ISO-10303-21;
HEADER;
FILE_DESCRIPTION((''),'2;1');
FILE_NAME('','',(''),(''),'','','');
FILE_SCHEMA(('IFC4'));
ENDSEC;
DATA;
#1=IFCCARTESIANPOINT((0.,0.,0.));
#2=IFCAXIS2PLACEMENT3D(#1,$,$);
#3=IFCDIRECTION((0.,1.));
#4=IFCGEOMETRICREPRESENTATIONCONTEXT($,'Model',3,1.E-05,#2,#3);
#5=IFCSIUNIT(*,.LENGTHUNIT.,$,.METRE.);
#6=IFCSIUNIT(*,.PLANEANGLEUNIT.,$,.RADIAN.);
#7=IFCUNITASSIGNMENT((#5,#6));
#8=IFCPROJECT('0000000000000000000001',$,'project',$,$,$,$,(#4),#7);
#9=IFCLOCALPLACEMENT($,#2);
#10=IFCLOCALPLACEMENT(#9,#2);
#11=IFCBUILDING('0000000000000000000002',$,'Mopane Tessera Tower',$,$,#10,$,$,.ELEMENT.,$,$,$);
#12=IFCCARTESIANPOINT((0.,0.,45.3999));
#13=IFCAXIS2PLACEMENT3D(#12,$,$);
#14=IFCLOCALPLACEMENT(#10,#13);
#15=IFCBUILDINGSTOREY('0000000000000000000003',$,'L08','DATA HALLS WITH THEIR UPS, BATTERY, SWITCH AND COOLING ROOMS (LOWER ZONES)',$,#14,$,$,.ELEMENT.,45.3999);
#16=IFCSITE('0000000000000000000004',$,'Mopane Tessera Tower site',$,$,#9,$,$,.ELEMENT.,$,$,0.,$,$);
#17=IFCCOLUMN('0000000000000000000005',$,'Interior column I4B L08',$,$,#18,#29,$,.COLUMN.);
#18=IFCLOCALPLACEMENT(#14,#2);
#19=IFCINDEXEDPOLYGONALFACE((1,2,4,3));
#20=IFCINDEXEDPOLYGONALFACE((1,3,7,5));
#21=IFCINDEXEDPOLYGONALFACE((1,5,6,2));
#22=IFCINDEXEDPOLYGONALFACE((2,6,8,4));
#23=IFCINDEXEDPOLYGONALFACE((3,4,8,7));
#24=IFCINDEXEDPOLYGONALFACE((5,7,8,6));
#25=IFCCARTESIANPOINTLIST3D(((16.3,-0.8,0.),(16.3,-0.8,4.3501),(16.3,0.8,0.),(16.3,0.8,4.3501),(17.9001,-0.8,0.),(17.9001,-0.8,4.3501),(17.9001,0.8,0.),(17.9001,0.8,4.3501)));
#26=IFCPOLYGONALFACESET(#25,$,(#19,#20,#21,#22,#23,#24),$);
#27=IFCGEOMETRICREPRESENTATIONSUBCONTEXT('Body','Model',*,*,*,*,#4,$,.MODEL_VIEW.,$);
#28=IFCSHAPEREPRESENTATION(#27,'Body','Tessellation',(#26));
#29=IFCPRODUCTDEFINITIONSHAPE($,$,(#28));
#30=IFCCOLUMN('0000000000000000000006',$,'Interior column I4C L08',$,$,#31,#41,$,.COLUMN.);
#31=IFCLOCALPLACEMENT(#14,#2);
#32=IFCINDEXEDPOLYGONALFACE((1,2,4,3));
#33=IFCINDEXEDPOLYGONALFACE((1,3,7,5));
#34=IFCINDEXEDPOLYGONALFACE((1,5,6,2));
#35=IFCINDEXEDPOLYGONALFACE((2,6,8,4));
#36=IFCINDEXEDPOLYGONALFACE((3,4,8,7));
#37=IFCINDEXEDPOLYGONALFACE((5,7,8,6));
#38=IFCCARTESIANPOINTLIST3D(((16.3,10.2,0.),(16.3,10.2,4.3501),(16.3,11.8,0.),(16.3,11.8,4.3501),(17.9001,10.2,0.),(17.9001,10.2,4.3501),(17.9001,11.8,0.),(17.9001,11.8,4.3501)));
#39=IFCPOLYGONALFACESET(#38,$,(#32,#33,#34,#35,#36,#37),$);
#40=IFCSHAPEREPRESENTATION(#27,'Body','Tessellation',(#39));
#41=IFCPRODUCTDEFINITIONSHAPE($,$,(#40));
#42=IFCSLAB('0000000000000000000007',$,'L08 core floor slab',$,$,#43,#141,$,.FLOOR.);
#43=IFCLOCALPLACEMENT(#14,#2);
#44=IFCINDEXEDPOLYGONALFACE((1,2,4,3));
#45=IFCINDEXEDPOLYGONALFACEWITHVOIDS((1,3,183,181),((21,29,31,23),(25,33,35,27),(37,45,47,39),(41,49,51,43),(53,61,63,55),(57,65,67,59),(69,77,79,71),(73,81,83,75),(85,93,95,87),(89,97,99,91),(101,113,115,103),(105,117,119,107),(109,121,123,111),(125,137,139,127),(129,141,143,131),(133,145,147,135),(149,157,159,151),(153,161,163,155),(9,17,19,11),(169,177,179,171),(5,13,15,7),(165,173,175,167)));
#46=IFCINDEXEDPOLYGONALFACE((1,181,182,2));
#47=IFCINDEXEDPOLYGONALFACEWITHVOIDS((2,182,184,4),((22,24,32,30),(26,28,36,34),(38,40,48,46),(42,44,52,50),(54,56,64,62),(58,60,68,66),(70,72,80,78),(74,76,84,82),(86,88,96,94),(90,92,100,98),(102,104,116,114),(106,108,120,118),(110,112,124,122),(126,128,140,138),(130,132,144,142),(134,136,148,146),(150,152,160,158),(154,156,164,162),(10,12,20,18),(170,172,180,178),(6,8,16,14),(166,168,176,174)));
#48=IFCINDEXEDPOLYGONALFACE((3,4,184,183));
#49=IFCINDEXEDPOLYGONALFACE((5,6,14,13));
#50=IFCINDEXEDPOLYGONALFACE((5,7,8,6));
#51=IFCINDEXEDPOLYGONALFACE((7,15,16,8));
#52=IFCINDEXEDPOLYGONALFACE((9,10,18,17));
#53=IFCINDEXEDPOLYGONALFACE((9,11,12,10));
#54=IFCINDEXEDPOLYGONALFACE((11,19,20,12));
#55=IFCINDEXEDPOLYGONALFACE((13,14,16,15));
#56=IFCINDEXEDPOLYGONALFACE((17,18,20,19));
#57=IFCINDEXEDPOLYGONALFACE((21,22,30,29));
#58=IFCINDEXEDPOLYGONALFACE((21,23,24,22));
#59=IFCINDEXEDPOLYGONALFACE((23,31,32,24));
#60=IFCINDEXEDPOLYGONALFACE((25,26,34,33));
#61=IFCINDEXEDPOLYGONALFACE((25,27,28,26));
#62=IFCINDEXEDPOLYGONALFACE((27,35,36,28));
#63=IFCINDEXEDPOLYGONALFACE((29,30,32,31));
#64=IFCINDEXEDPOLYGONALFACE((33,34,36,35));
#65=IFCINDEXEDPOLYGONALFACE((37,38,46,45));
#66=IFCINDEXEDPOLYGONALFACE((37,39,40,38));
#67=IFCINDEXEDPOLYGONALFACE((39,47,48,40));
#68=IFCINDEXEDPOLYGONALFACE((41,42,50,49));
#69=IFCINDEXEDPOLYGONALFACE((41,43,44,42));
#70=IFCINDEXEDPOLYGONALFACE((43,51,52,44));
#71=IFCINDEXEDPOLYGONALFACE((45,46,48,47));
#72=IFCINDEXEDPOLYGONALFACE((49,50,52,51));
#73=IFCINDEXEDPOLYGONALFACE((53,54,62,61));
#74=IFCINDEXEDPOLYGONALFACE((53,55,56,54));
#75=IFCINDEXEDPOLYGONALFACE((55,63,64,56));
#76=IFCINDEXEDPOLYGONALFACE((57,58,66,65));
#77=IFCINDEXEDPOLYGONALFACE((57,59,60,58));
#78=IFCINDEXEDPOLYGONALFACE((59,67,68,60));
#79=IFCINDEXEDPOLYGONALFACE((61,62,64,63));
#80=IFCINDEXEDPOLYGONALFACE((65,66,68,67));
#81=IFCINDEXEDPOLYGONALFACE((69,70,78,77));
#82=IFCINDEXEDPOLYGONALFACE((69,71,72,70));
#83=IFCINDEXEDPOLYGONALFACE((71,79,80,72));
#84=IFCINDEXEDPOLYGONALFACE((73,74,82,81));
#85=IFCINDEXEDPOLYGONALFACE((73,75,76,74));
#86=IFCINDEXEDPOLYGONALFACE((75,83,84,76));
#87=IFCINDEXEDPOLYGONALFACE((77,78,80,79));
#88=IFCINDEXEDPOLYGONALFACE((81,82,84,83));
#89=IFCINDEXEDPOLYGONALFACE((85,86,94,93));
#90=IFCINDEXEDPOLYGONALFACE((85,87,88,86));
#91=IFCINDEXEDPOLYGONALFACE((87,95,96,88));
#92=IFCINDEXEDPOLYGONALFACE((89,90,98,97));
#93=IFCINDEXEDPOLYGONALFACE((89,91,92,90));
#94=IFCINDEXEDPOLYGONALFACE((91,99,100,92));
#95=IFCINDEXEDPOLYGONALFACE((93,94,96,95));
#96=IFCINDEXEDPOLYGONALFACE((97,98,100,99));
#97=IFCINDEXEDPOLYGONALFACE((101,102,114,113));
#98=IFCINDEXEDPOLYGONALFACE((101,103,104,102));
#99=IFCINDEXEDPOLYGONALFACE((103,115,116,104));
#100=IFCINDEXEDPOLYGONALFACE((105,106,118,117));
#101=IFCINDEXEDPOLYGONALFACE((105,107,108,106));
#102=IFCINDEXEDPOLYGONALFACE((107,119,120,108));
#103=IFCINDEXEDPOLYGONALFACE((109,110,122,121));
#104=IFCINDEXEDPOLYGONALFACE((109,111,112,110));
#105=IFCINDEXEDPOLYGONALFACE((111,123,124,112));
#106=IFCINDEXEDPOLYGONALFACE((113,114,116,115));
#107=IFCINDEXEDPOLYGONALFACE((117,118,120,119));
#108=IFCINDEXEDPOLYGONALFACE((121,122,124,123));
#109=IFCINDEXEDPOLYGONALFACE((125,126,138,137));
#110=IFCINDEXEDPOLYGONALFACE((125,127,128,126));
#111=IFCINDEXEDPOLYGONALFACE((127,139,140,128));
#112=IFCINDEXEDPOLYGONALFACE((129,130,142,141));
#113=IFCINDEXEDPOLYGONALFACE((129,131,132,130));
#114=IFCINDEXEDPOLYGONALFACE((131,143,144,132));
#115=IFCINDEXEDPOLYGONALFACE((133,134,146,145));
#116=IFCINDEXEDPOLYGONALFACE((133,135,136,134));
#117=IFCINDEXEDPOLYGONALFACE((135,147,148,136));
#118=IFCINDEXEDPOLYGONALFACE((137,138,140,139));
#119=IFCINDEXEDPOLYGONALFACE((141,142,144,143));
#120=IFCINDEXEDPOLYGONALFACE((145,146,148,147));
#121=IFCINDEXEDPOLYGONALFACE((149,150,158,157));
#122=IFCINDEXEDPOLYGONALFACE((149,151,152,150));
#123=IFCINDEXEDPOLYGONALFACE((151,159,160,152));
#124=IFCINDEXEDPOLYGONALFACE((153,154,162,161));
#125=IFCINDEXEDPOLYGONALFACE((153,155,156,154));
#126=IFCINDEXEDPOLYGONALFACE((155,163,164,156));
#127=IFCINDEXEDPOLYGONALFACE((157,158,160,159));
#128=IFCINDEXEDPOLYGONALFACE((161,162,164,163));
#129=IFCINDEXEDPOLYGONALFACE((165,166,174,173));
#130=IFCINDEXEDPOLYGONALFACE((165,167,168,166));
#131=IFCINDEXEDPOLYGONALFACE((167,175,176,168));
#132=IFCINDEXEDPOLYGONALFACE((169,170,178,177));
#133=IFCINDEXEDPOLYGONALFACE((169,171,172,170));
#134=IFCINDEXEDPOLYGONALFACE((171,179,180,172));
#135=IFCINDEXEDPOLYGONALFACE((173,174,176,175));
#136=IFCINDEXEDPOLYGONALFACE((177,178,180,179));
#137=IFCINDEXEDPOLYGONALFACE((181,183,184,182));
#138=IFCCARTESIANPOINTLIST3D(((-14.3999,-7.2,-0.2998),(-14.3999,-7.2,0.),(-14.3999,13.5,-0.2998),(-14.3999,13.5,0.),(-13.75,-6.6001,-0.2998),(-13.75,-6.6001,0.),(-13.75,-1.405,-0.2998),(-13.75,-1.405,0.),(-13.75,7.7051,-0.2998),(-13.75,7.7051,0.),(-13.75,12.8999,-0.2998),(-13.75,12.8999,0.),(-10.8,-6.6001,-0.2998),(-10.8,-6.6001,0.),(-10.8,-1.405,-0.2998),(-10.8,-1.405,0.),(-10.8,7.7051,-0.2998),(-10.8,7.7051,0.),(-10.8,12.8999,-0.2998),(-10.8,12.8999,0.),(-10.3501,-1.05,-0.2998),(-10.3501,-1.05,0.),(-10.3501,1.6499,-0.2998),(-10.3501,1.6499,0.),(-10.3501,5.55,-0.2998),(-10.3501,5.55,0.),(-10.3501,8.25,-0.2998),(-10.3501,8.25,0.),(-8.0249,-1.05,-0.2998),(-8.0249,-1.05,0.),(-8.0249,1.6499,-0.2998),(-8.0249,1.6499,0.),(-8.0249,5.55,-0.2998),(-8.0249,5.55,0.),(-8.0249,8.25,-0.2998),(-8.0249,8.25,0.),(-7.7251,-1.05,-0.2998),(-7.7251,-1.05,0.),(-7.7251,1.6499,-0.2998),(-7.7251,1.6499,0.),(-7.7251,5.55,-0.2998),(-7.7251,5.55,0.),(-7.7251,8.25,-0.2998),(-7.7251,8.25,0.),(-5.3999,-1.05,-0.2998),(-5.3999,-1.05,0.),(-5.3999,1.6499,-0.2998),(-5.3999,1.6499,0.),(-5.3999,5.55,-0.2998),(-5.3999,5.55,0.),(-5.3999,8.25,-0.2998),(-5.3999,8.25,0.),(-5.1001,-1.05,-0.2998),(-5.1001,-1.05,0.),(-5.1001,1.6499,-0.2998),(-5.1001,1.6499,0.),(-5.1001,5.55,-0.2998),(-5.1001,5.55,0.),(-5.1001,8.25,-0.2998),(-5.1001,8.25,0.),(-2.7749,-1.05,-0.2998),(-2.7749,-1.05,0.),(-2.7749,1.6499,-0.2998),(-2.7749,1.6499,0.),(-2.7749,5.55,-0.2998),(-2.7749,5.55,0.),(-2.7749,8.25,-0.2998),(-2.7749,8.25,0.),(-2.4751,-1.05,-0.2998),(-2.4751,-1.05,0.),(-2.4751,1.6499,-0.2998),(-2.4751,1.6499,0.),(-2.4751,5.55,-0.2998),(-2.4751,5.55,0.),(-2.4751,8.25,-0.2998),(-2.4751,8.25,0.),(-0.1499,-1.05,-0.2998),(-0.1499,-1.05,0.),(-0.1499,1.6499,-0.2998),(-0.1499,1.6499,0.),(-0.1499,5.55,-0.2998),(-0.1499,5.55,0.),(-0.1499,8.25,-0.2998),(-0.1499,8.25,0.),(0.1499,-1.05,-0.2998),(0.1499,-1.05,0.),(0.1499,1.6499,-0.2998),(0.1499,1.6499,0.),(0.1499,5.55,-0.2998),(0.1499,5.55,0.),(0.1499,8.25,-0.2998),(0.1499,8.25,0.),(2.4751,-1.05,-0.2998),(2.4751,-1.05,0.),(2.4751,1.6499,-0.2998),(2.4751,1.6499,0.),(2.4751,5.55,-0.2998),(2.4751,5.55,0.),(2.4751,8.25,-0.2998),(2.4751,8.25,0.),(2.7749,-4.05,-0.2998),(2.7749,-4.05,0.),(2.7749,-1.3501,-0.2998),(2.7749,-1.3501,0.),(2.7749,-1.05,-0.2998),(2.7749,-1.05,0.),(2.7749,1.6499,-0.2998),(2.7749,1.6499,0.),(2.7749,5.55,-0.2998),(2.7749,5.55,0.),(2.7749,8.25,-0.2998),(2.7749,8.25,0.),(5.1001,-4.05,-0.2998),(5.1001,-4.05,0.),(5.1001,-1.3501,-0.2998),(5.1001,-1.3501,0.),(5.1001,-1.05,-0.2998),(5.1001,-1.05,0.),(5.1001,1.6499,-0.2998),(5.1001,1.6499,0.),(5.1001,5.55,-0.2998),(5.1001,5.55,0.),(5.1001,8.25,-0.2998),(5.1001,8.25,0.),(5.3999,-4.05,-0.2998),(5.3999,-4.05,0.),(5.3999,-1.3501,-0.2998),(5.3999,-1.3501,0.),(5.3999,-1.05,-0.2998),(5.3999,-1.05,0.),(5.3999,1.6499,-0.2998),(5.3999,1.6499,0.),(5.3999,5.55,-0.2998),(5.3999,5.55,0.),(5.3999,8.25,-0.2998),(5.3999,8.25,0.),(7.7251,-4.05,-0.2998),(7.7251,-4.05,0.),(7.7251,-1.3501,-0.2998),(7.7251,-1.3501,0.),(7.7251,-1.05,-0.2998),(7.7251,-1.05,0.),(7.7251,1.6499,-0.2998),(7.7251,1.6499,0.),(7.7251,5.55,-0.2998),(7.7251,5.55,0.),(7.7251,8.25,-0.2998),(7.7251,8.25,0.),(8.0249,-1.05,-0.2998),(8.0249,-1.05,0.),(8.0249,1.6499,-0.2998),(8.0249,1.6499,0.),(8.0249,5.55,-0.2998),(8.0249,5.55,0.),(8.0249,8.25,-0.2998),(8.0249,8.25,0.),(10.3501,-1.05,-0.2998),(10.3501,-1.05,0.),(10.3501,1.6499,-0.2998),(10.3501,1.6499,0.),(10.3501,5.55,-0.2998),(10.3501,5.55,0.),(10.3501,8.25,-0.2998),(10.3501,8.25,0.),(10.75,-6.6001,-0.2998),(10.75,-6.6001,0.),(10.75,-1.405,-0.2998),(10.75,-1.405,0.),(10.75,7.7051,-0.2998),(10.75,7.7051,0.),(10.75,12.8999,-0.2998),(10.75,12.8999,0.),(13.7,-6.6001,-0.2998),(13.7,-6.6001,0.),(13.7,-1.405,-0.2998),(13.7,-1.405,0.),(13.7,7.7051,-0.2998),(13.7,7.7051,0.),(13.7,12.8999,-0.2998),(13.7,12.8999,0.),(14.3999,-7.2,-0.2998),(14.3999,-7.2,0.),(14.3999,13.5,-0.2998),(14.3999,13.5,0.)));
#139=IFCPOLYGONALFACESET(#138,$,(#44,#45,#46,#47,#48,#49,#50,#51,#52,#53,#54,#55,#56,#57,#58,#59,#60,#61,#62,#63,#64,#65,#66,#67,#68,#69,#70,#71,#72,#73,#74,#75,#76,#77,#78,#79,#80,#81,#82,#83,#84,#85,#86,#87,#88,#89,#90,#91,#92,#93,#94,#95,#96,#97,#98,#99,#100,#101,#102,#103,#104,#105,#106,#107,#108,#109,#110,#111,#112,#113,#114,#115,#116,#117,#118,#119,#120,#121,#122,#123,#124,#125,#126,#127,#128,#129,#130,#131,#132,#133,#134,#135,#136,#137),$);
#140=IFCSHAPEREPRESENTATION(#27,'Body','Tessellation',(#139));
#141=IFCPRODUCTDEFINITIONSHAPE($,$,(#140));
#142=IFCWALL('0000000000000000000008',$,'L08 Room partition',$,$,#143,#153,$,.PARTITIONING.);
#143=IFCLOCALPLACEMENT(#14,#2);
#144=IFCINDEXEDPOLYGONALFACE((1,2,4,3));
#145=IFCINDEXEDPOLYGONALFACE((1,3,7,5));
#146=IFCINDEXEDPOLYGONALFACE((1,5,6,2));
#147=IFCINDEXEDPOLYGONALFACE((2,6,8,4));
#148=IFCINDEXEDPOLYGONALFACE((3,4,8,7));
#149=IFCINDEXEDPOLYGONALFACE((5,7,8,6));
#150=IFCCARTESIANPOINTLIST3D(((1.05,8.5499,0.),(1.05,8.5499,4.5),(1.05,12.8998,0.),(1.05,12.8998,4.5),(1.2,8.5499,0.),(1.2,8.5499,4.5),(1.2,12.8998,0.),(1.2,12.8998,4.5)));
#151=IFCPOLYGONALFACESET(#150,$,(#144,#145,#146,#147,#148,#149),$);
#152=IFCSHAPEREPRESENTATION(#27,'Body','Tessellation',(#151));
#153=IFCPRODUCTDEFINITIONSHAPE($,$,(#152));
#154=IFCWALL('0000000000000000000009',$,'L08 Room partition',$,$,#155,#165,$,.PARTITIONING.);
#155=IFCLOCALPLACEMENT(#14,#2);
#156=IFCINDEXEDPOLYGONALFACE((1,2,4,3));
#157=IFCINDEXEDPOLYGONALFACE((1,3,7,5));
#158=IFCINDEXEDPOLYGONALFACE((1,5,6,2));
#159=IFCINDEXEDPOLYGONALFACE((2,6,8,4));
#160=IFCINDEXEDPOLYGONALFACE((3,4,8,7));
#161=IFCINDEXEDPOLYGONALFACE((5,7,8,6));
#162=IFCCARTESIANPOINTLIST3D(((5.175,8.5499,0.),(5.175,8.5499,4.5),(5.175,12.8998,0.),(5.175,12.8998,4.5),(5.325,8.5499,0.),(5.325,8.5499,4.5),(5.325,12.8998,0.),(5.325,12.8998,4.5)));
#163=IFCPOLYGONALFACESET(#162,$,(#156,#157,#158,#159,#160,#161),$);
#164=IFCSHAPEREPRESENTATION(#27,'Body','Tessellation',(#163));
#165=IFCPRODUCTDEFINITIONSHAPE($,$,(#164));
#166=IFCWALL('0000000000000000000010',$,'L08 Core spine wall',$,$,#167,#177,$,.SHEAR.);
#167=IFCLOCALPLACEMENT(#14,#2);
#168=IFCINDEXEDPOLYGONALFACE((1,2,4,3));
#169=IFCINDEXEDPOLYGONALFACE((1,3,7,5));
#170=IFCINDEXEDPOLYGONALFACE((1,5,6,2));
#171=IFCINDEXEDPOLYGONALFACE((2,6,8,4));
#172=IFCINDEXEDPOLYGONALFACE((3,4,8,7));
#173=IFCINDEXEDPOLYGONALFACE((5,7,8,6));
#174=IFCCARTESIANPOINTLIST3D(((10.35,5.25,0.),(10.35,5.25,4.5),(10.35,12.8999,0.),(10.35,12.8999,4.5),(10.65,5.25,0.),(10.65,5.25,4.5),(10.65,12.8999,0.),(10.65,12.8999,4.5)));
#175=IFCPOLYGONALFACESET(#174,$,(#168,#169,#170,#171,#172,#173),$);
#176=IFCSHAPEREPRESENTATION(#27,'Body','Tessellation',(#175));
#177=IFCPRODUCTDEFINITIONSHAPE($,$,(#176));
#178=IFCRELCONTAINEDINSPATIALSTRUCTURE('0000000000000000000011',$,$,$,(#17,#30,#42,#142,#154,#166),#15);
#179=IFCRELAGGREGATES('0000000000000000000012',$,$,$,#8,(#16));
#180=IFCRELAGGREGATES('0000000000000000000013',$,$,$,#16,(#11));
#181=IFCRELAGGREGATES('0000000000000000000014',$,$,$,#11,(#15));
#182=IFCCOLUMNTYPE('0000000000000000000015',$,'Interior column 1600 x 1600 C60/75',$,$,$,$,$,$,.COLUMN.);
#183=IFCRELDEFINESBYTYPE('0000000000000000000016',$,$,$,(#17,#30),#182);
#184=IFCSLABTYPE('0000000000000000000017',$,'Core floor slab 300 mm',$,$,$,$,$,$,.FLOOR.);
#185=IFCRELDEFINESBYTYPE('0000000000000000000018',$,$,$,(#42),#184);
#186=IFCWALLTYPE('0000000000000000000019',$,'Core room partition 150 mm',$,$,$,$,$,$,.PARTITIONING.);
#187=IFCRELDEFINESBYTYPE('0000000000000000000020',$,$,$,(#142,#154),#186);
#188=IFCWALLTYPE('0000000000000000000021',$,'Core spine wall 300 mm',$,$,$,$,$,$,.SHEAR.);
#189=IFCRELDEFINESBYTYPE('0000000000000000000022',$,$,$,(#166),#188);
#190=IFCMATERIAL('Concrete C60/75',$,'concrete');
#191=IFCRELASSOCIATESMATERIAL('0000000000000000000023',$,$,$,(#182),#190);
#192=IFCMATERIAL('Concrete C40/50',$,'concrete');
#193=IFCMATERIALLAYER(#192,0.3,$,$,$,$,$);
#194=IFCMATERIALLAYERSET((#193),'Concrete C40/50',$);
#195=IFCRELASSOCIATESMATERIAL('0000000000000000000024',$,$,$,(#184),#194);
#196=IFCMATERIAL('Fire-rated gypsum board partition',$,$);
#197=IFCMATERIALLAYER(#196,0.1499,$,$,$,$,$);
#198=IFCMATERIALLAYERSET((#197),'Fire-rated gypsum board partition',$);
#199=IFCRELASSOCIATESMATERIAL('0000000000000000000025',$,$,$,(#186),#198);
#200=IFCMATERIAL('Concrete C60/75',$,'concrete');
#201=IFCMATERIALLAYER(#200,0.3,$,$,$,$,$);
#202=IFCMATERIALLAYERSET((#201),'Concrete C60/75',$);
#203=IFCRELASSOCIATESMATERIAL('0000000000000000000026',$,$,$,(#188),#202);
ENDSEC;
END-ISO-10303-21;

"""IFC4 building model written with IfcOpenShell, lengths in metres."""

from ifc_helpers import new_model, si_unit, direction, frame, frame_2d, origin, origin_2d, place, context, subcontext, project, spatial, polyline, rectangle, outline, extrude, material, layer, layer_set, material_profile, profile_set, type_object, element, save


model = new_model("IFC4")

# Units and contexts
model_context = context("Model", 3, precision=1e-05, world=origin(), true_north=direction((0.0, 1.0)))
body_context = subcontext(model_context, "Body", "Model", "MODEL_VIEW")
ifc_project = project(units=[si_unit("LENGTHUNIT", "METRE"), si_unit("PLANEANGLEUNIT", "RADIAN")], contexts=[model_context])

# Site, building, storey
site_placement = place(None, origin())
site = spatial("IfcSite", under=ifc_project, at=site_placement, Name="Mopane Tessera Tower site", CompositionType="ELEMENT", RefElevation=0.0)
building_placement = place(site_placement, origin())
building = spatial("IfcBuilding", under=site, at=building_placement, Name="Mopane Tessera Tower", CompositionType="ELEMENT")
storey_placement = place(building_placement, frame((0.0, 0.0, 45.3999)))
storey = spatial("IfcBuildingStorey", under=building, at=storey_placement, Name="L08", Description="DATA HALLS WITH THEIR UPS, BATTERY, SWITCH AND COOLING ROOMS (LOWER ZONES)", CompositionType="ELEMENT", Elevation=45.3999)

# Columns
ifc_material_1 = material(Name="Concrete C60/75", Category="concrete")
ifc_material_profile = material_profile(ifc_material_1, rectangle(XDim=1.6001, YDim=1.6001, at=origin_2d()))
ifc_profile_set = profile_set([ifc_material_profile], Name="Concrete C60/75")
column_type = type_object("IfcColumnType", Name="Interior column 1600 x 1600 C60/75", PredefinedType="COLUMN", material=ifc_profile_set)
for number, where, z_axis, x_axis, name in (
    (1, (17.1001, 0.0, 0.0), (0.0, 0.0, 1.0), (1.0, 0.0, 0.0), "Interior column I4B L08"),
    (2, (17.1001, 11.0, 0.0), (0.0, 0.0, 1.0), (1.0, 0.0, 0.0), "Interior column I4C L08"),
):
    element("IfcColumn", number, at=place(storey_placement, frame(where, z_axis=z_axis, x_axis=x_axis)), inside=storey, type_object=column_type, Name=name, PredefinedType="COLUMN", context=body_context, shape_type="SweptSolid", body=[
        extrude(rectangle(XDim=1.6001, YDim=1.6001, at=origin_2d()), origin(), (0.0, 0.0, 1.0), 4.3501),
    ])

# Slab
ifc_material_2 = material(Name="Concrete C40/50", Category="concrete")
ifc_layer_1 = layer(ifc_material_2, 0.3)
ifc_layer_set_1 = layer_set([ifc_layer_1], Name="Concrete C40/50")
slab_type = type_object("IfcSlabType", Name="Core floor slab 300 mm", PredefinedType="FLOOR", material=ifc_layer_set_1)
slab_placement = place(storey_placement, frame((0.0, 0.0, -0.2998)))
element("IfcSlab", 3, at=slab_placement, inside=storey, type_object=slab_type, Name="L08 core floor slab", PredefinedType="FLOOR", context=body_context, shape_type="SweptSolid", body=[
    extrude(outline(polyline([(-14.3999, -7.2), (14.3999, -7.2), (14.3999, 13.5), (-14.3999, 13.5), (-14.3999, -7.2)]), holes=[polyline([(-10.3501, -1.05), (-8.0249, -1.05), (-8.0249, 1.6499), (-10.3501, 1.6499), (-10.3501, -1.05)]), polyline([(-7.7251, -1.05), (-5.3999, -1.05), (-5.3999, 1.6499), (-7.7251, 1.6499), (-7.7251, -1.05)]), polyline([(-5.1001, -1.05), (-2.7749, -1.05), (-2.7749, 1.6499), (-5.1001, 1.6499), (-5.1001, -1.05)]), polyline([(-2.4751, -1.05), (-0.1499, -1.05), (-0.1499, 1.6499), (-2.4751, 1.6499), (-2.4751, -1.05)]), polyline([(0.1499, -1.05), (2.4751, -1.05), (2.4751, 1.6499), (0.1499, 1.6499), (0.1499, -1.05)]), polyline([(2.7749, -1.05), (5.1001, -1.05), (5.1001, 1.6499), (2.7749, 1.6499), (2.7749, -1.05)]), polyline([(5.3999, -1.05), (7.7251, -1.05), (7.7251, 1.6499), (5.3999, 1.6499), (5.3999, -1.05)]), polyline([(8.0249, -1.05), (10.3501, -1.05), (10.3501, 1.6499), (8.0249, 1.6499), (8.0249, -1.05)]), polyline([(-10.3501, 5.55), (-8.0249, 5.55), (-8.0249, 8.25), (-10.3501, 8.25), (-10.3501, 5.55)]), polyline([(-7.7251, 5.55), (-5.3999, 5.55), (-5.3999, 8.25), (-7.7251, 8.25), (-7.7251, 5.55)]), polyline([(-5.1001, 5.55), (-2.7749, 5.55), (-2.7749, 8.25), (-5.1001, 8.25), (-5.1001, 5.55)]), polyline([(-2.4751, 5.55), (-0.1499, 5.55), (-0.1499, 8.25), (-2.4751, 8.25), (-2.4751, 5.55)]), polyline([(0.1499, 5.55), (2.4751, 5.55), (2.4751, 8.25), (0.1499, 8.25), (0.1499, 5.55)]), polyline([(2.7749, 5.55), (5.1001, 5.55), (5.1001, 8.25), (2.7749, 8.25), (2.7749, 5.55)]), polyline([(5.3999, 5.55), (7.7251, 5.55), (7.7251, 8.25), (5.3999, 8.25), (5.3999, 5.55)]), polyline([(8.0249, 5.55), (10.3501, 5.55), (10.3501, 8.25), (8.0249, 8.25), (8.0249, 5.55)]), polyline([(2.7749, -4.05), (5.1001, -4.05), (5.1001, -1.3501), (2.7749, -1.3501), (2.7749, -4.05)]), polyline([(5.3999, -4.05), (7.7251, -4.05), (7.7251, -1.3501), (5.3999, -1.3501), (5.3999, -4.05)]), polyline([(-13.75, -1.405), (-13.75, -6.6001), (-10.8, -6.6001), (-10.8, -1.405), (-13.75, -1.405)]), polyline([(-10.8, 7.7051), (-10.8, 12.8999), (-13.75, 12.8999), (-13.75, 7.7051), (-10.8, 7.7051)]), polyline([(10.75, -1.405), (10.75, -6.6001), (13.7, -6.6001), (13.7, -1.405), (10.75, -1.405)]), polyline([(13.7, 7.7051), (13.7, 12.8999), (10.75, 12.8999), (10.75, 7.7051), (13.7, 7.7051)])]), origin(), (0.0, 0.0, 1.0), 0.2998),
])

# Walls
ifc_material_3 = material(Name="Fire-rated gypsum board partition")
ifc_layer_2 = layer(ifc_material_3, 0.1499)
ifc_layer_set_2 = layer_set([ifc_layer_2], Name="Fire-rated gypsum board partition")
wall_type_1 = type_object("IfcWallType", Name="Core room partition 150 mm", PredefinedType="PARTITIONING", material=ifc_layer_set_2)
for number, where, z_axis, x_axis, name in (
    (4, (1.125, 8.55, 0.0), (0.0, 0.0, 1.0), (0.0, 1.0, 0.0), "L08 Room partition"),
    (5, (5.25, 8.55, 0.0), (0.0, 0.0, 1.0), (0.0, 1.0, 0.0), "L08 Room partition"),
):
    element("IfcWall", number, at=place(storey_placement, frame(where, z_axis=z_axis, x_axis=x_axis)), inside=storey, type_object=wall_type_1, Name=name, PredefinedType="PARTITIONING", context=body_context, shape_type="SweptSolid", body=[
        extrude(rectangle(XDim=4.3499, YDim=0.1499, at=frame_2d((2.1748, 0.0))), origin(), (0.0, 0.0, 1.0), 4.5),
    ])
ifc_material_4 = material(Name="Concrete C60/75", Category="concrete")
ifc_layer_3 = layer(ifc_material_4, 0.3)
ifc_layer_set_3 = layer_set([ifc_layer_3], Name="Concrete C60/75")
wall_type_2 = type_object("IfcWallType", Name="Core spine wall 300 mm", PredefinedType="SHEAR", material=ifc_layer_set_3)
wall_1_placement = place(storey_placement, frame((10.5, 5.25, 0.0), z_axis=(0.0, 0.0, 1.0), x_axis=(0.0, 1.0, 0.0)))
element("IfcWall", 6, at=wall_1_placement, inside=storey, type_object=wall_type_2, Name="L08 Core spine wall", PredefinedType="SHEAR", context=body_context, shape_type="SweptSolid", body=[
    extrude(rectangle(XDim=7.6499, YDim=0.3, at=frame_2d((3.825, 0.0))), origin(), (0.0, 0.0, 1.0), 4.5),
])

save(model, "model.ifc")
